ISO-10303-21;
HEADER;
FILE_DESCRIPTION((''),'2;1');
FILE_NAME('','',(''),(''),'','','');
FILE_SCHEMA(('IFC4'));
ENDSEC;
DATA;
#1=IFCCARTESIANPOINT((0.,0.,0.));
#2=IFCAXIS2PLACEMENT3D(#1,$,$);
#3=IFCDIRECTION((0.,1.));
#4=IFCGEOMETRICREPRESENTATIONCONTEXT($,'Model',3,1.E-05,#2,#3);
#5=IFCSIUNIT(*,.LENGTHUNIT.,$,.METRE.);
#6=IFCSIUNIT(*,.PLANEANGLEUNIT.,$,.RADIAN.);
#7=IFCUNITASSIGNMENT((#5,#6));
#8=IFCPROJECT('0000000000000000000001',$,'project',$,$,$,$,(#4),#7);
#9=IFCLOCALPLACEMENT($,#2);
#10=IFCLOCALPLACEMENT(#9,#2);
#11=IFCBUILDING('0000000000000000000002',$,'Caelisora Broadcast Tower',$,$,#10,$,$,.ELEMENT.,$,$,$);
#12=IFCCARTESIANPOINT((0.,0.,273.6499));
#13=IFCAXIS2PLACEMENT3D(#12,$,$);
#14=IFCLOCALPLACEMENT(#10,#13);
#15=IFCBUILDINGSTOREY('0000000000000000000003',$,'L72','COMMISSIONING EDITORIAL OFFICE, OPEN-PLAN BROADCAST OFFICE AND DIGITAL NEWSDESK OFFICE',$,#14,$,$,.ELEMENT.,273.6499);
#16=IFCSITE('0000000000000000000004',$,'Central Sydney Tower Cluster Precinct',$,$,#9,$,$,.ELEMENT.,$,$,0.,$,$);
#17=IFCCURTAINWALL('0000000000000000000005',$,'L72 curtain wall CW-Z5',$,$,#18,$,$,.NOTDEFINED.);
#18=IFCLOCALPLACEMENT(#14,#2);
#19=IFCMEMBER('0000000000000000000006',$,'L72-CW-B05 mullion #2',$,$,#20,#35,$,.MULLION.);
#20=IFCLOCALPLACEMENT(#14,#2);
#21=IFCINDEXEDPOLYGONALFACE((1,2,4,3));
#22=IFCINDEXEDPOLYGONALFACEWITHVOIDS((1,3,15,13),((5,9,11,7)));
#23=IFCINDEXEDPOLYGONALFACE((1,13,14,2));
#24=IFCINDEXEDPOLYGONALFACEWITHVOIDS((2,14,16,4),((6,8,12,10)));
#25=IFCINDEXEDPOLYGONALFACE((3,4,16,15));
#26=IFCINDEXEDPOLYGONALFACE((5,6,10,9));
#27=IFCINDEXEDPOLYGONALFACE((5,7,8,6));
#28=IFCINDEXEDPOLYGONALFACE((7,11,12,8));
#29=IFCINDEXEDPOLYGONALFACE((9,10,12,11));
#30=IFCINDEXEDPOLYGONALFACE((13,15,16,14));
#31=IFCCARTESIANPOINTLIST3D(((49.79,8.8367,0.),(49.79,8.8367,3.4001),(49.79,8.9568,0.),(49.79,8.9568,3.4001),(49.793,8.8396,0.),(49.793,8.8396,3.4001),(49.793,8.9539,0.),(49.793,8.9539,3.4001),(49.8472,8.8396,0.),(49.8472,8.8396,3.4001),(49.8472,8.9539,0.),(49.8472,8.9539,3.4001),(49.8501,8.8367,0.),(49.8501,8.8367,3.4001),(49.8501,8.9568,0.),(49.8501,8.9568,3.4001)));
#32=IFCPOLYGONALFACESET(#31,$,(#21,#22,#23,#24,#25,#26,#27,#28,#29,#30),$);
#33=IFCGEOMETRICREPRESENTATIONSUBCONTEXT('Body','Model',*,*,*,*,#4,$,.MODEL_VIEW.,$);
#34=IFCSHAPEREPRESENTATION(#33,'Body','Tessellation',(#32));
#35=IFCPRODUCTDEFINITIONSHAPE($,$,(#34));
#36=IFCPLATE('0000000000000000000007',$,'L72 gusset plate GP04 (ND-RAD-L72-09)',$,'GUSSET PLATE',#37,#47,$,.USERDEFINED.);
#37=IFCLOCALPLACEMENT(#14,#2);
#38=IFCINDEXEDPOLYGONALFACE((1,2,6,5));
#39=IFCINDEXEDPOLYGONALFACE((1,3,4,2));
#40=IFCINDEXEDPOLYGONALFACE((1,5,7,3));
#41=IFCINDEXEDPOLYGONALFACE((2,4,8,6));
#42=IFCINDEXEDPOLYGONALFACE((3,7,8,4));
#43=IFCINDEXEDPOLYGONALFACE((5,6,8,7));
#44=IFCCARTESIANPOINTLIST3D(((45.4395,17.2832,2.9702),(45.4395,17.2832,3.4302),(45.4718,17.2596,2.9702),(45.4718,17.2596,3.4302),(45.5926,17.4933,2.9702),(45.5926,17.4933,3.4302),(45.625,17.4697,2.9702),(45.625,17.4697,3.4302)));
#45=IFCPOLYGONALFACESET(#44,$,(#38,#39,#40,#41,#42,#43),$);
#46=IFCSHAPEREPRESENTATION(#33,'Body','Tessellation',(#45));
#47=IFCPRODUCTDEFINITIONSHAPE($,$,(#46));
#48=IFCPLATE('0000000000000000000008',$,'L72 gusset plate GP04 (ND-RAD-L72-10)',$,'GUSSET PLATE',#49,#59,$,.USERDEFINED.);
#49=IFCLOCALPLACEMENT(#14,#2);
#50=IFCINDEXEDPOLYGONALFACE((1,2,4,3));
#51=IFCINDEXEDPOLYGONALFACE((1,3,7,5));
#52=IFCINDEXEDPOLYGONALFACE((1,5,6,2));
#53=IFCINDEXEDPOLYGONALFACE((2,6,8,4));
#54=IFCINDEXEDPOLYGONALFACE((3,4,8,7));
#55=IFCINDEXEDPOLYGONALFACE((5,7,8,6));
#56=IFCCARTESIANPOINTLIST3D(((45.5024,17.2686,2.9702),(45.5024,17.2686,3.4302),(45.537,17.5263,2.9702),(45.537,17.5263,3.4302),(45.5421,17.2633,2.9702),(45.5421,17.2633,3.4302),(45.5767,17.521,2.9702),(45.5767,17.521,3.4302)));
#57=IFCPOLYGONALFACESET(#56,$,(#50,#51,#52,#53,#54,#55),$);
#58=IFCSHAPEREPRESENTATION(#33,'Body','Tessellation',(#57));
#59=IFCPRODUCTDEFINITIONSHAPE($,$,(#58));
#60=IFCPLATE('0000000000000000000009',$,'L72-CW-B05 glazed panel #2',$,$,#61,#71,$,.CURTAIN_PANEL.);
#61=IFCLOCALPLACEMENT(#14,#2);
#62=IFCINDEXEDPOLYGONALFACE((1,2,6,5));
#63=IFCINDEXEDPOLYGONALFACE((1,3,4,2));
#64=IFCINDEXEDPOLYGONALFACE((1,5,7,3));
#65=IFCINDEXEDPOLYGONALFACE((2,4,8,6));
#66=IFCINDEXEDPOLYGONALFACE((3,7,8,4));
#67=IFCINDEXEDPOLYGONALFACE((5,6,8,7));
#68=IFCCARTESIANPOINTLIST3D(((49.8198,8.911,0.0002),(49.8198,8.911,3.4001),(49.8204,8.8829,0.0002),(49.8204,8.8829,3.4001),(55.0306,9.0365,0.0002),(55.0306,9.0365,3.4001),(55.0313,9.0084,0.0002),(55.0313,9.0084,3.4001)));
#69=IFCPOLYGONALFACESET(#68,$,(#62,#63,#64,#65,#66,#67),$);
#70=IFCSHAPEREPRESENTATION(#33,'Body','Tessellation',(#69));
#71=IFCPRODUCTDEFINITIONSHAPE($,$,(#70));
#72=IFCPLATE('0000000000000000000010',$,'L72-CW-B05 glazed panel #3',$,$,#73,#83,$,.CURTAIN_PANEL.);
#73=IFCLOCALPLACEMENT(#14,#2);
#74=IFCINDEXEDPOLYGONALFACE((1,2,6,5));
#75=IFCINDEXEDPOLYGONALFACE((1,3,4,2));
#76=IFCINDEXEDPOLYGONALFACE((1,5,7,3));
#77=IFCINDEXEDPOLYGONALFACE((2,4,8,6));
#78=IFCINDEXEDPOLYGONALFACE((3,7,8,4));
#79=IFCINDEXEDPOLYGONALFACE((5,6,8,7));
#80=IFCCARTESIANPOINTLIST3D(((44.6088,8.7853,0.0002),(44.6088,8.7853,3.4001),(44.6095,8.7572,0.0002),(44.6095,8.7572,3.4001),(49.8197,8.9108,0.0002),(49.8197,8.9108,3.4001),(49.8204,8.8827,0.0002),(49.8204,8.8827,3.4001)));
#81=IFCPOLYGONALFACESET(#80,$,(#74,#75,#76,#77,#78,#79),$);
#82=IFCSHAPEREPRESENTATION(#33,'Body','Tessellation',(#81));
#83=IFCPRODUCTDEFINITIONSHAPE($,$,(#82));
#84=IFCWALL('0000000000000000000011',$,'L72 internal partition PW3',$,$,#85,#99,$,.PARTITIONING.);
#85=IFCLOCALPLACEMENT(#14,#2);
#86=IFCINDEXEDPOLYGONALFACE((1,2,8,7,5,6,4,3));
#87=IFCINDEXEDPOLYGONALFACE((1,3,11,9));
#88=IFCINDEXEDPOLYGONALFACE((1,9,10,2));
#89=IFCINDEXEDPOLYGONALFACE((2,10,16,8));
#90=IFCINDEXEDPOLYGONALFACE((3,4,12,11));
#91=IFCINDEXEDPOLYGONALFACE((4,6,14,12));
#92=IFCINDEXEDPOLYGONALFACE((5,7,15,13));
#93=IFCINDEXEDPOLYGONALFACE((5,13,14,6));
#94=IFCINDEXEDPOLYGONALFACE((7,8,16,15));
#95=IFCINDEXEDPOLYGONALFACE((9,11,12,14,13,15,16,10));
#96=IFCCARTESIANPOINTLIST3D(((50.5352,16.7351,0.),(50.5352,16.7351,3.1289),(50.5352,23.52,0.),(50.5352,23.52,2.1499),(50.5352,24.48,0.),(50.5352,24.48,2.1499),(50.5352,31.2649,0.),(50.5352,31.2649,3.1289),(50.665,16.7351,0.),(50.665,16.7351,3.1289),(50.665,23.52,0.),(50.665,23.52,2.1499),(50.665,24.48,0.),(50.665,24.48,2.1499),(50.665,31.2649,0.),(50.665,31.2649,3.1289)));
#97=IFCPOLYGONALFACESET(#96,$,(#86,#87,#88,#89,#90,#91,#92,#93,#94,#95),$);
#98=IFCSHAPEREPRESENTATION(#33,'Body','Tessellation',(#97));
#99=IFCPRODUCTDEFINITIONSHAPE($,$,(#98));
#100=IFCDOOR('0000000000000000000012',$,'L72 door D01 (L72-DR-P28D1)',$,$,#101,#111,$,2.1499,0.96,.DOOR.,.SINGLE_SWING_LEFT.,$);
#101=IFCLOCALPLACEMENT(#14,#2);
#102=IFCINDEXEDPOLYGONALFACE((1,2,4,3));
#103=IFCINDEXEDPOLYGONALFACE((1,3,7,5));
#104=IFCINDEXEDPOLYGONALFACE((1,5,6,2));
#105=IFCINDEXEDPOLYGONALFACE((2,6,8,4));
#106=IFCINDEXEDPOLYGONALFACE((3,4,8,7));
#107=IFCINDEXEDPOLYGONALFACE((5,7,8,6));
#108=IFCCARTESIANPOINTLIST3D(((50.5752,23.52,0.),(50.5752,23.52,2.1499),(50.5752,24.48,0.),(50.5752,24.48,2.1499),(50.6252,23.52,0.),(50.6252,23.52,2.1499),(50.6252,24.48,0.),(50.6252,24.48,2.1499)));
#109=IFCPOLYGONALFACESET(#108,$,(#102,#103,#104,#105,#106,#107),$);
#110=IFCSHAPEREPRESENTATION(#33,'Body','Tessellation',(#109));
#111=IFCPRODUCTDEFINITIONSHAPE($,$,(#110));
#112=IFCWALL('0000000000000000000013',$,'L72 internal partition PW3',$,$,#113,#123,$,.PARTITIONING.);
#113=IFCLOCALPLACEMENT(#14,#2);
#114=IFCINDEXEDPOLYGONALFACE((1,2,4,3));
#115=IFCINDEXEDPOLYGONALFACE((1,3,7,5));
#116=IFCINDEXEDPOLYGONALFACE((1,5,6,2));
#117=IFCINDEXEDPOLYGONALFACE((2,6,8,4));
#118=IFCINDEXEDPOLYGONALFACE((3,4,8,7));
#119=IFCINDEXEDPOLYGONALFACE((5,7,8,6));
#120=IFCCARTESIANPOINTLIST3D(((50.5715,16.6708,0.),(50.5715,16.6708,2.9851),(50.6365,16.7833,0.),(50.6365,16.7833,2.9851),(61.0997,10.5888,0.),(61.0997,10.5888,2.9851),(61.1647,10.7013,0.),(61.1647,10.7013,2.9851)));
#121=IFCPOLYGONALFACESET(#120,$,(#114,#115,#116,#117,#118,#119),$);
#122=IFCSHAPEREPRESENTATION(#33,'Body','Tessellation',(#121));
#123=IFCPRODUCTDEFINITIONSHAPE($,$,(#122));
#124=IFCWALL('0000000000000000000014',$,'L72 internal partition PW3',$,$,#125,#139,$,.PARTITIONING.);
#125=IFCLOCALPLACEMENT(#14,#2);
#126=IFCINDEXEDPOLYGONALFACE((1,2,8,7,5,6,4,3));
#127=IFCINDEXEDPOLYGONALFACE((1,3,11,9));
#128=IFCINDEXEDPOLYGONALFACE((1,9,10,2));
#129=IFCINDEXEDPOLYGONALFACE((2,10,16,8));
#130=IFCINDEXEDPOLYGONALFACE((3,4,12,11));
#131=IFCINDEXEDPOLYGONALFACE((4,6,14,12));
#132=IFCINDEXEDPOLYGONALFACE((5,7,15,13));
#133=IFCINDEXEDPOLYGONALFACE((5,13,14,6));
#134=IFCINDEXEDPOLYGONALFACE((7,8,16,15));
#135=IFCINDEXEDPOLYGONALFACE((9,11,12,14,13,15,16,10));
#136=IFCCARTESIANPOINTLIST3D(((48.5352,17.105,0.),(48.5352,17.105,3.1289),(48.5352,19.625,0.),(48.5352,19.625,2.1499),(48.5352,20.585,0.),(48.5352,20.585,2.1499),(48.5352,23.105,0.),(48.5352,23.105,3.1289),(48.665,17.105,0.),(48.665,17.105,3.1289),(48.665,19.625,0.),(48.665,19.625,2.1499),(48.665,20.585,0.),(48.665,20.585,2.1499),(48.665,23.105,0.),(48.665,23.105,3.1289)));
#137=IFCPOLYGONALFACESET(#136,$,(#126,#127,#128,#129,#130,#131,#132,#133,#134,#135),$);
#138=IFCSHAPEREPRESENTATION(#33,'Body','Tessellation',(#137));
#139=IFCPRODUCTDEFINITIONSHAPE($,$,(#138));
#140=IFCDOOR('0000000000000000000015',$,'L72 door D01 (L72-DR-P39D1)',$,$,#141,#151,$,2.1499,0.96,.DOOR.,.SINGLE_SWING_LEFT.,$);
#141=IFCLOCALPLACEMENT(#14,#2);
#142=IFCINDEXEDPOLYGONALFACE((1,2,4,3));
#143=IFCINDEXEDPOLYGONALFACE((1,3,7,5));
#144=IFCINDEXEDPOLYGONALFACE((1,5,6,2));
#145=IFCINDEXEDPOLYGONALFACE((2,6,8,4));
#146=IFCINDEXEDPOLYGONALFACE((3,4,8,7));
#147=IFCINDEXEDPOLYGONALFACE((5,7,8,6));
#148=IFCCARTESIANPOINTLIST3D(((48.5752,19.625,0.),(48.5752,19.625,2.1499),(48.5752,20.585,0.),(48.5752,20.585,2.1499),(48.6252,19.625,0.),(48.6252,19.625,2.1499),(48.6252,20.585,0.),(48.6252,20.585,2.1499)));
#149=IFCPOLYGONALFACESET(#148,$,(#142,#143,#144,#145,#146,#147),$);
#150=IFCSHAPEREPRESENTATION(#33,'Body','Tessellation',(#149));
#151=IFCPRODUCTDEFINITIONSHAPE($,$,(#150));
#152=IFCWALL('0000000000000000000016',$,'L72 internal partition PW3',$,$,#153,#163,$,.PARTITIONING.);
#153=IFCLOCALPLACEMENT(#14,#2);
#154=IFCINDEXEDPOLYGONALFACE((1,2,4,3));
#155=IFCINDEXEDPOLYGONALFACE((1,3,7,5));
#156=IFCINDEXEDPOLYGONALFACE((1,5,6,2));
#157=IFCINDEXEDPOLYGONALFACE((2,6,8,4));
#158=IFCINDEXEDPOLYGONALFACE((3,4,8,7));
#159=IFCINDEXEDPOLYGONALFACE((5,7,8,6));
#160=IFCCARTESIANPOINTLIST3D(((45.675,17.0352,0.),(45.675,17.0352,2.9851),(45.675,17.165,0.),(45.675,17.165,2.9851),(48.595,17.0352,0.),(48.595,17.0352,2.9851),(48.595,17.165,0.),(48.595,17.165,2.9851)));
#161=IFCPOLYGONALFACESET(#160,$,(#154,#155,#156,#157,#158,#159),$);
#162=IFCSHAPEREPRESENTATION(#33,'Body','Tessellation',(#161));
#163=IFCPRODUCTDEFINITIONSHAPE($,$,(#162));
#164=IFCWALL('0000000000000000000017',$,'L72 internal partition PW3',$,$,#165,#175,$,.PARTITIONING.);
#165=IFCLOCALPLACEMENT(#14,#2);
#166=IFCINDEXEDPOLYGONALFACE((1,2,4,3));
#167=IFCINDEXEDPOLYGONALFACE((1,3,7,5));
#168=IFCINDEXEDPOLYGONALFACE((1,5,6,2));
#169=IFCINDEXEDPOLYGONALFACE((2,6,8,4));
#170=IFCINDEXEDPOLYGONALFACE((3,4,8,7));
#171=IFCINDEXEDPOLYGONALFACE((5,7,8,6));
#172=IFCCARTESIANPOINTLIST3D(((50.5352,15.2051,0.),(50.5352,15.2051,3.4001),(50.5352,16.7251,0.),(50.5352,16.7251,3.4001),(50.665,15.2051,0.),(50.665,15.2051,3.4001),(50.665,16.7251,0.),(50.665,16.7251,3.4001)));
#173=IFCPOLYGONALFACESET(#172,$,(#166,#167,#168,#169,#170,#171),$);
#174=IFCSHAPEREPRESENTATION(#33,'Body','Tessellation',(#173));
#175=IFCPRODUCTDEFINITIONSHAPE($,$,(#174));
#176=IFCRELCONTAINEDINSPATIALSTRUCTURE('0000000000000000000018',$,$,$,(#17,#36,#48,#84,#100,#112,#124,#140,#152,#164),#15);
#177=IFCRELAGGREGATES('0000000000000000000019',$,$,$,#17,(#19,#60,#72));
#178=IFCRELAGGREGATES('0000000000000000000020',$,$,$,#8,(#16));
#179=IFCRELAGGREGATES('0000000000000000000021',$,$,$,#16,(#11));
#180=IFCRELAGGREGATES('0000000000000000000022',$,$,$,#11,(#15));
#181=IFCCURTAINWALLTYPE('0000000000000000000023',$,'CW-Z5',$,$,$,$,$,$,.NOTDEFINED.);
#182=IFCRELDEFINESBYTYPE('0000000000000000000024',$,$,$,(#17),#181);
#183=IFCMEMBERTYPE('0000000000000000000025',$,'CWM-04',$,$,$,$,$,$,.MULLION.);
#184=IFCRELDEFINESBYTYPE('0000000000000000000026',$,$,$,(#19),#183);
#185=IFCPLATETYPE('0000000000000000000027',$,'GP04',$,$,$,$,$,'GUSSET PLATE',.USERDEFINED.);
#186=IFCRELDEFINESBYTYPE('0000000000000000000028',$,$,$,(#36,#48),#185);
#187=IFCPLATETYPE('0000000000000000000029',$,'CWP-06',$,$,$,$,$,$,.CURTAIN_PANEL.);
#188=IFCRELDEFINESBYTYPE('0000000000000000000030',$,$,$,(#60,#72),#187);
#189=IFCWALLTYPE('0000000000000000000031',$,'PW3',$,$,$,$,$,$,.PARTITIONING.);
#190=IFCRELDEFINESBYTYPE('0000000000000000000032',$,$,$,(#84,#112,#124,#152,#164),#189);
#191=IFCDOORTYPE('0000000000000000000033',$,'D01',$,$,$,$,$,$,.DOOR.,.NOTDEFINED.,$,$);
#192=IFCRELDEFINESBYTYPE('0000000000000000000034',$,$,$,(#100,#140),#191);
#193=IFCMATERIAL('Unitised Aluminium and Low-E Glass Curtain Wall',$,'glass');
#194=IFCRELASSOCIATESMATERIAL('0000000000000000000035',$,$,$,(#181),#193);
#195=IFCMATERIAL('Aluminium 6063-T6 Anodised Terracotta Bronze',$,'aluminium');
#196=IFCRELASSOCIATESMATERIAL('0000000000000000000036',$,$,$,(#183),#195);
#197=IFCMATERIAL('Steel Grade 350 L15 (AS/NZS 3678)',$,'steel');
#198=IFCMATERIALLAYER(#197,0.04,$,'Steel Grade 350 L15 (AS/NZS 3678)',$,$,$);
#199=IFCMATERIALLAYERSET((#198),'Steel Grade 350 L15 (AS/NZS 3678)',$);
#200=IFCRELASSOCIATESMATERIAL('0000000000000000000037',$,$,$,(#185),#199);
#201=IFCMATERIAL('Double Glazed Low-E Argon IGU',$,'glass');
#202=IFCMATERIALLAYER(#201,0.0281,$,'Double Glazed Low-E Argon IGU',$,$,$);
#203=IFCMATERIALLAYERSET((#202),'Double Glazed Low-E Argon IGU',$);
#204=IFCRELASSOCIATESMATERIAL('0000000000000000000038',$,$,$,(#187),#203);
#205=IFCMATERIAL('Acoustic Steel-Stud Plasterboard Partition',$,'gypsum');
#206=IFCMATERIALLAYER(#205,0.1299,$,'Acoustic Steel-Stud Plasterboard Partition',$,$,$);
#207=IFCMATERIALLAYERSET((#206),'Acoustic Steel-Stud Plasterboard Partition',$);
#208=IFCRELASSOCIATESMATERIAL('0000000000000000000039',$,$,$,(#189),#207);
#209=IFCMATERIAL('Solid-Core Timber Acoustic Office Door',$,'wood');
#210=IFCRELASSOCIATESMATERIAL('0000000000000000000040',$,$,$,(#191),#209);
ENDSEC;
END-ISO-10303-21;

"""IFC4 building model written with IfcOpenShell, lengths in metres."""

from ifc_helpers import new_model, si_unit, direction, frame, frame_2d, origin, origin_2d, place, context, subcontext, project, spatial, rectangle, hollow_rectangle, extrude, source, transform, mapped, material, layer, layer_set, material_profile, profile_set, type_object, type_shapes, element, fill, aggregate, save


model = new_model("IFC4")

# Units and contexts
model_context = context("Model", 3, precision=1e-05, world=origin(), true_north=direction((0.0, 1.0)))
body_context = subcontext(model_context, "Body", "Model", "MODEL_VIEW")
ifc_project = project(units=[si_unit("LENGTHUNIT", "METRE"), si_unit("PLANEANGLEUNIT", "RADIAN")], contexts=[model_context])

# Site, building, storey
site_placement = place(None, origin())
site = spatial("IfcSite", under=ifc_project, at=site_placement, Name="Central Sydney Tower Cluster Precinct", CompositionType="ELEMENT", RefElevation=0.0)
building_placement = place(site_placement, origin())
building = spatial("IfcBuilding", under=site, at=building_placement, Name="Caelisora Broadcast Tower", CompositionType="ELEMENT")
storey_placement = place(building_placement, frame((0.0, 0.0, 273.6499)))
storey = spatial("IfcBuildingStorey", under=building, at=storey_placement, Name="L72", Description="COMMISSIONING EDITORIAL OFFICE, OPEN-PLAN BROADCAST OFFICE AND DIGITAL NEWSDESK OFFICE", CompositionType="ELEMENT", Elevation=273.6499)

# Curtain wall, member
ifc_material_1 = material(Name="Unitised Aluminium and Low-E Glass Curtain Wall", Category="glass")
curtain_wall_type = type_object("IfcCurtainWallType", Name="CW-Z5", PredefinedType="NOTDEFINED", material=ifc_material_1)
curtain_wall_placement = place(storey_placement, origin())
curtain_wall = element("IfcCurtainWall", 1, at=curtain_wall_placement, inside=storey, type_object=curtain_wall_type, Name="L72 curtain wall CW-Z5", PredefinedType="NOTDEFINED")
ifc_material_2 = material(Name="Aluminium 6063-T6 Anodised Terracotta Bronze", Category="aluminium")
ifc_material_profile_1 = material_profile(ifc_material_2, hollow_rectangle(XDim=0.0601, YDim=0.1201, WallThickness=0.0029, at=origin_2d()), Name="Aluminium 6063-T6 Anodised Terracotta Bronze")
ifc_profile_set_1 = profile_set([ifc_material_profile_1], Name="Aluminium 6063-T6 Anodised Terracotta Bronze")
member_type = type_object("IfcMemberType", Name="CWM-04", PredefinedType="MULLION", material=ifc_profile_set_1)
shared_shape_1 = source(origin(), body_context, "Body", "SweptSolid", [
    extrude(hollow_rectangle(XDim=0.0601, YDim=0.1201, WallThickness=0.0029, at=origin_2d()), origin(), (0.0, 0.0, 1.0), 3.4001),
])
type_shapes(member_type, [shared_shape_1])
member_placement = place(storey_placement, frame((49.8201, 8.8967, 0.0), z_axis=(0.0, 0.0, 1.0), x_axis=(1.0, 0.0, 0.0)))
member = element("IfcMember", 2, at=member_placement, type_object=member_type, Name="L72-CW-B05 mullion #2", PredefinedType="MULLION", context=body_context, shape_type="MappedRepresentation", body=[
    mapped(shared_shape_1, transform((0.0, 0.0, 0.0), scale=1.0)),
])

# Plates
ifc_material_3 = material(Name="Steel Grade 350 L15 (AS/NZS 3678)", Category="steel")
ifc_layer_1 = layer(ifc_material_3, 0.04, Name="Steel Grade 350 L15 (AS/NZS 3678)")
ifc_layer_set_1 = layer_set([ifc_layer_1], Name="Steel Grade 350 L15 (AS/NZS 3678)")
plate_type_1 = type_object("IfcPlateType", Name="GP04", ElementType="GUSSET PLATE", PredefinedType="USERDEFINED", material=ifc_layer_set_1)
shared_shape_2 = source(origin(), body_context, "Body", "SweptSolid", [
    extrude(rectangle(XDim=0.26, YDim=0.04, at=origin_2d()), origin(), (0.0, 0.0, 1.0), 0.46),
])
type_shapes(plate_type_1, [shared_shape_2])
for number, where, z_axis, x_axis, name in (
    (3, (45.5322, 17.3765, 2.9702), (0.0, 0.0, 1.0), (0.589196, 0.80799, 0.0), "L72 gusset plate GP04 (ND-RAD-L72-09)"),
    (4, (45.5396, 17.3948, 2.9702), (0.0, 0.0, 1.0), (0.132948, 0.991123, 0.0), "L72 gusset plate GP04 (ND-RAD-L72-10)"),
):
    element("IfcPlate", number, at=place(storey_placement, frame(where, z_axis=z_axis, x_axis=x_axis)), inside=storey, type_object=plate_type_1, Name=name, ObjectType="GUSSET PLATE", PredefinedType="USERDEFINED", context=body_context, shape_type="MappedRepresentation", body=[
        mapped(shared_shape_2, transform((0.0, 0.0, 0.0), scale=1.0)),
    ])

# Plates
ifc_material_4 = material(Name="Double Glazed Low-E Argon IGU", Category="glass")
ifc_layer_2 = layer(ifc_material_4, 0.0281, Name="Double Glazed Low-E Argon IGU")
ifc_layer_set_2 = layer_set([ifc_layer_2], Name="Double Glazed Low-E Argon IGU")
plate_type_2 = type_object("IfcPlateType", Name="CWP-06", PredefinedType="CURTAIN_PANEL", material=ifc_layer_set_2)
shared_shape_3 = source(origin(), body_context, "Body", "SweptSolid", [
    extrude(rectangle(XDim=5.2124, YDim=0.0281, at=origin_2d()), origin(), (0.0, 0.0, 1.0), 3.3999),
])
type_shapes(plate_type_2, [shared_shape_3])
plate_1_placement = place(storey_placement, frame((52.4255, 8.9597, 0.0002), z_axis=(0.0, 0.0, 1.0), x_axis=(-0.99971, -0.024083, 0.0)))
plate_1 = element("IfcPlate", 5, at=plate_1_placement, type_object=plate_type_2, Name="L72-CW-B05 glazed panel #2", PredefinedType="CURTAIN_PANEL", context=body_context, shape_type="MappedRepresentation", body=[
    mapped(shared_shape_3, transform((0.0, 0.0, 0.0), scale=1.0)),
])
plate_2_placement = place(storey_placement, frame((47.2146, 8.834, 0.0002), z_axis=(0.0, 0.0, 1.0), x_axis=(-0.99971, -0.024083, 0.0)))
plate_2 = element("IfcPlate", 6, at=plate_2_placement, type_object=plate_type_2, Name="L72-CW-B05 glazed panel #3", PredefinedType="CURTAIN_PANEL", context=body_context, shape_type="MappedRepresentation", body=[
    mapped(shared_shape_3, transform((0.0, 0.0, 0.0), scale=1.0)),
])
aggregate(curtain_wall, [member, plate_1, plate_2])

# Wall, opening, door
ifc_material_5 = material(Name="Acoustic Steel-Stud Plasterboard Partition", Category="gypsum")
ifc_layer_3 = layer(ifc_material_5, 0.1299, Name="Acoustic Steel-Stud Plasterboard Partition")
ifc_layer_set_3 = layer_set([ifc_layer_3], Name="Acoustic Steel-Stud Plasterboard Partition")
wall_type = type_object("IfcWallType", Name="PW3", PredefinedType="PARTITIONING", material=ifc_layer_set_3)
wall_1_placement = place(storey_placement, frame((50.6001, 16.7351, 0.0), z_axis=(0.0, 0.0, 1.0), x_axis=(0.0, 1.0, 0.0)))
wall_1 = element("IfcWall", 7, at=wall_1_placement, inside=storey, type_object=wall_type, Name="L72 internal partition PW3", PredefinedType="PARTITIONING", context=body_context, shape_type="SweptSolid", body=[
    extrude(rectangle(XDim=14.5298, YDim=0.1299, at=frame_2d((7.2649, 0.0))), origin(), (0.0, 0.0, 1.0), 3.1289),
])
opening_1_placement = place(wall_1_placement, frame((6.7849, 0.0, 0.0)))
opening_1 = element("IfcOpeningElement", 8, at=opening_1_placement, cuts=wall_1, PredefinedType="OPENING", context=body_context, shape_type="SweptSolid", body=[
    extrude(rectangle(XDim=0.96, YDim=2.1499, at=frame_2d((0.48, 1.075))), frame((0.0, 0.0769, 0.0), z_axis=(0.0, -1.0, 0.0), x_axis=(1.0, 0.0, 0.0)), (0.0, 0.0, 1.0), 0.1538),
])
ifc_material_6 = material(Name="Solid-Core Timber Acoustic Office Door", Category="wood")
door_type = type_object("IfcDoorType", Name="D01", OperationType="NOTDEFINED", PredefinedType="DOOR", material=ifc_material_6)
door_1_placement = place(opening_1_placement, origin())
door_1 = element("IfcDoor", 9, at=door_1_placement, inside=storey, type_object=door_type, Name="L72 door D01 (L72-DR-P28D1)", OperationType="SINGLE_SWING_LEFT", OverallHeight=2.1499, OverallWidth=0.96, PredefinedType="DOOR", context=body_context, shape_type="SweptSolid", body=[
    extrude(rectangle(XDim=0.96, YDim=2.1499, at=frame_2d((0.48, 1.075))), frame((0.0, 0.0249, 0.0), z_axis=(0.0, -1.0, 0.0), x_axis=(1.0, 0.0, 0.0)), (0.0, 0.0, 1.0), 0.05),
])
fill(opening_1, door_1)

# Wall
wall_2_placement = place(storey_placement, frame((50.604, 16.7271, 0.0), z_axis=(0.0, 0.0, 1.0), x_axis=(0.865901, -0.500216, 0.0)))
element("IfcWall", 10, at=wall_2_placement, inside=storey, type_object=wall_type, Name="L72 internal partition PW3", PredefinedType="PARTITIONING", context=body_context, shape_type="SweptSolid", body=[
    extrude(rectangle(XDim=12.1587, YDim=0.1299, at=frame_2d((6.0793, 0.0))), origin(), (0.0, 0.0, 1.0), 2.9851),
])

# Wall, opening, door
wall_3_placement = place(storey_placement, frame((48.6001, 17.105, 0.0), z_axis=(0.0, 0.0, 1.0), x_axis=(0.0, 1.0, 0.0)))
wall_3 = element("IfcWall", 11, at=wall_3_placement, inside=storey, type_object=wall_type, Name="L72 internal partition PW3", PredefinedType="PARTITIONING", context=body_context, shape_type="SweptSolid", body=[
    extrude(rectangle(XDim=6.0, YDim=0.1299, at=frame_2d((3.0, 0.0))), origin(), (0.0, 0.0, 1.0), 3.1289),
])
opening_2_placement = place(wall_3_placement, frame((2.52, 0.0, 0.0)))
opening_2 = element("IfcOpeningElement", 12, at=opening_2_placement, cuts=wall_3, PredefinedType="OPENING", context=body_context, shape_type="SweptSolid", body=[
    extrude(rectangle(XDim=0.96, YDim=2.1499, at=frame_2d((0.48, 1.075))), frame((0.0, 0.0769, 0.0), z_axis=(0.0, -1.0, 0.0), x_axis=(1.0, 0.0, 0.0)), (0.0, 0.0, 1.0), 0.1538),
])
door_2_placement = place(opening_2_placement, origin())
door_2 = element("IfcDoor", 13, at=door_2_placement, inside=storey, type_object=door_type, Name="L72 door D01 (L72-DR-P39D1)", OperationType="SINGLE_SWING_LEFT", OverallHeight=2.1499, OverallWidth=0.96, PredefinedType="DOOR", context=body_context, shape_type="SweptSolid", body=[
    extrude(rectangle(XDim=0.96, YDim=2.1499, at=frame_2d((0.48, 1.075))), frame((0.0, 0.0249, 0.0), z_axis=(0.0, -1.0, 0.0), x_axis=(1.0, 0.0, 0.0)), (0.0, 0.0, 1.0), 0.05),
])
fill(opening_2, door_2)

# Walls
wall_4_placement = place(storey_placement, frame((45.675, 17.1001, 0.0), z_axis=(0.0, 0.0, 1.0), x_axis=(1.0, 0.0, 0.0)))
element("IfcWall", 14, at=wall_4_placement, inside=storey, type_object=wall_type, Name="L72 internal partition PW3", PredefinedType="PARTITIONING", context=body_context, shape_type="SweptSolid", body=[
    extrude(rectangle(XDim=2.9199, YDim=0.1299, at=frame_2d((1.46, 0.0))), origin(), (0.0, 0.0, 1.0), 2.9851),
])
wall_5_placement = place(storey_placement, frame((50.6001, 15.2051, 0.0), z_axis=(0.0, 0.0, 1.0), x_axis=(0.0, 1.0, 0.0)))
element("IfcWall", 15, at=wall_5_placement, inside=storey, type_object=wall_type, Name="L72 internal partition PW3", PredefinedType="PARTITIONING", context=body_context, shape_type="SweptSolid", body=[
    extrude(rectangle(XDim=1.52, YDim=0.1299, at=frame_2d((0.76, 0.0))), origin(), (0.0, 0.0, 1.0), 3.4001),
])

save(model, "model.ifc")
